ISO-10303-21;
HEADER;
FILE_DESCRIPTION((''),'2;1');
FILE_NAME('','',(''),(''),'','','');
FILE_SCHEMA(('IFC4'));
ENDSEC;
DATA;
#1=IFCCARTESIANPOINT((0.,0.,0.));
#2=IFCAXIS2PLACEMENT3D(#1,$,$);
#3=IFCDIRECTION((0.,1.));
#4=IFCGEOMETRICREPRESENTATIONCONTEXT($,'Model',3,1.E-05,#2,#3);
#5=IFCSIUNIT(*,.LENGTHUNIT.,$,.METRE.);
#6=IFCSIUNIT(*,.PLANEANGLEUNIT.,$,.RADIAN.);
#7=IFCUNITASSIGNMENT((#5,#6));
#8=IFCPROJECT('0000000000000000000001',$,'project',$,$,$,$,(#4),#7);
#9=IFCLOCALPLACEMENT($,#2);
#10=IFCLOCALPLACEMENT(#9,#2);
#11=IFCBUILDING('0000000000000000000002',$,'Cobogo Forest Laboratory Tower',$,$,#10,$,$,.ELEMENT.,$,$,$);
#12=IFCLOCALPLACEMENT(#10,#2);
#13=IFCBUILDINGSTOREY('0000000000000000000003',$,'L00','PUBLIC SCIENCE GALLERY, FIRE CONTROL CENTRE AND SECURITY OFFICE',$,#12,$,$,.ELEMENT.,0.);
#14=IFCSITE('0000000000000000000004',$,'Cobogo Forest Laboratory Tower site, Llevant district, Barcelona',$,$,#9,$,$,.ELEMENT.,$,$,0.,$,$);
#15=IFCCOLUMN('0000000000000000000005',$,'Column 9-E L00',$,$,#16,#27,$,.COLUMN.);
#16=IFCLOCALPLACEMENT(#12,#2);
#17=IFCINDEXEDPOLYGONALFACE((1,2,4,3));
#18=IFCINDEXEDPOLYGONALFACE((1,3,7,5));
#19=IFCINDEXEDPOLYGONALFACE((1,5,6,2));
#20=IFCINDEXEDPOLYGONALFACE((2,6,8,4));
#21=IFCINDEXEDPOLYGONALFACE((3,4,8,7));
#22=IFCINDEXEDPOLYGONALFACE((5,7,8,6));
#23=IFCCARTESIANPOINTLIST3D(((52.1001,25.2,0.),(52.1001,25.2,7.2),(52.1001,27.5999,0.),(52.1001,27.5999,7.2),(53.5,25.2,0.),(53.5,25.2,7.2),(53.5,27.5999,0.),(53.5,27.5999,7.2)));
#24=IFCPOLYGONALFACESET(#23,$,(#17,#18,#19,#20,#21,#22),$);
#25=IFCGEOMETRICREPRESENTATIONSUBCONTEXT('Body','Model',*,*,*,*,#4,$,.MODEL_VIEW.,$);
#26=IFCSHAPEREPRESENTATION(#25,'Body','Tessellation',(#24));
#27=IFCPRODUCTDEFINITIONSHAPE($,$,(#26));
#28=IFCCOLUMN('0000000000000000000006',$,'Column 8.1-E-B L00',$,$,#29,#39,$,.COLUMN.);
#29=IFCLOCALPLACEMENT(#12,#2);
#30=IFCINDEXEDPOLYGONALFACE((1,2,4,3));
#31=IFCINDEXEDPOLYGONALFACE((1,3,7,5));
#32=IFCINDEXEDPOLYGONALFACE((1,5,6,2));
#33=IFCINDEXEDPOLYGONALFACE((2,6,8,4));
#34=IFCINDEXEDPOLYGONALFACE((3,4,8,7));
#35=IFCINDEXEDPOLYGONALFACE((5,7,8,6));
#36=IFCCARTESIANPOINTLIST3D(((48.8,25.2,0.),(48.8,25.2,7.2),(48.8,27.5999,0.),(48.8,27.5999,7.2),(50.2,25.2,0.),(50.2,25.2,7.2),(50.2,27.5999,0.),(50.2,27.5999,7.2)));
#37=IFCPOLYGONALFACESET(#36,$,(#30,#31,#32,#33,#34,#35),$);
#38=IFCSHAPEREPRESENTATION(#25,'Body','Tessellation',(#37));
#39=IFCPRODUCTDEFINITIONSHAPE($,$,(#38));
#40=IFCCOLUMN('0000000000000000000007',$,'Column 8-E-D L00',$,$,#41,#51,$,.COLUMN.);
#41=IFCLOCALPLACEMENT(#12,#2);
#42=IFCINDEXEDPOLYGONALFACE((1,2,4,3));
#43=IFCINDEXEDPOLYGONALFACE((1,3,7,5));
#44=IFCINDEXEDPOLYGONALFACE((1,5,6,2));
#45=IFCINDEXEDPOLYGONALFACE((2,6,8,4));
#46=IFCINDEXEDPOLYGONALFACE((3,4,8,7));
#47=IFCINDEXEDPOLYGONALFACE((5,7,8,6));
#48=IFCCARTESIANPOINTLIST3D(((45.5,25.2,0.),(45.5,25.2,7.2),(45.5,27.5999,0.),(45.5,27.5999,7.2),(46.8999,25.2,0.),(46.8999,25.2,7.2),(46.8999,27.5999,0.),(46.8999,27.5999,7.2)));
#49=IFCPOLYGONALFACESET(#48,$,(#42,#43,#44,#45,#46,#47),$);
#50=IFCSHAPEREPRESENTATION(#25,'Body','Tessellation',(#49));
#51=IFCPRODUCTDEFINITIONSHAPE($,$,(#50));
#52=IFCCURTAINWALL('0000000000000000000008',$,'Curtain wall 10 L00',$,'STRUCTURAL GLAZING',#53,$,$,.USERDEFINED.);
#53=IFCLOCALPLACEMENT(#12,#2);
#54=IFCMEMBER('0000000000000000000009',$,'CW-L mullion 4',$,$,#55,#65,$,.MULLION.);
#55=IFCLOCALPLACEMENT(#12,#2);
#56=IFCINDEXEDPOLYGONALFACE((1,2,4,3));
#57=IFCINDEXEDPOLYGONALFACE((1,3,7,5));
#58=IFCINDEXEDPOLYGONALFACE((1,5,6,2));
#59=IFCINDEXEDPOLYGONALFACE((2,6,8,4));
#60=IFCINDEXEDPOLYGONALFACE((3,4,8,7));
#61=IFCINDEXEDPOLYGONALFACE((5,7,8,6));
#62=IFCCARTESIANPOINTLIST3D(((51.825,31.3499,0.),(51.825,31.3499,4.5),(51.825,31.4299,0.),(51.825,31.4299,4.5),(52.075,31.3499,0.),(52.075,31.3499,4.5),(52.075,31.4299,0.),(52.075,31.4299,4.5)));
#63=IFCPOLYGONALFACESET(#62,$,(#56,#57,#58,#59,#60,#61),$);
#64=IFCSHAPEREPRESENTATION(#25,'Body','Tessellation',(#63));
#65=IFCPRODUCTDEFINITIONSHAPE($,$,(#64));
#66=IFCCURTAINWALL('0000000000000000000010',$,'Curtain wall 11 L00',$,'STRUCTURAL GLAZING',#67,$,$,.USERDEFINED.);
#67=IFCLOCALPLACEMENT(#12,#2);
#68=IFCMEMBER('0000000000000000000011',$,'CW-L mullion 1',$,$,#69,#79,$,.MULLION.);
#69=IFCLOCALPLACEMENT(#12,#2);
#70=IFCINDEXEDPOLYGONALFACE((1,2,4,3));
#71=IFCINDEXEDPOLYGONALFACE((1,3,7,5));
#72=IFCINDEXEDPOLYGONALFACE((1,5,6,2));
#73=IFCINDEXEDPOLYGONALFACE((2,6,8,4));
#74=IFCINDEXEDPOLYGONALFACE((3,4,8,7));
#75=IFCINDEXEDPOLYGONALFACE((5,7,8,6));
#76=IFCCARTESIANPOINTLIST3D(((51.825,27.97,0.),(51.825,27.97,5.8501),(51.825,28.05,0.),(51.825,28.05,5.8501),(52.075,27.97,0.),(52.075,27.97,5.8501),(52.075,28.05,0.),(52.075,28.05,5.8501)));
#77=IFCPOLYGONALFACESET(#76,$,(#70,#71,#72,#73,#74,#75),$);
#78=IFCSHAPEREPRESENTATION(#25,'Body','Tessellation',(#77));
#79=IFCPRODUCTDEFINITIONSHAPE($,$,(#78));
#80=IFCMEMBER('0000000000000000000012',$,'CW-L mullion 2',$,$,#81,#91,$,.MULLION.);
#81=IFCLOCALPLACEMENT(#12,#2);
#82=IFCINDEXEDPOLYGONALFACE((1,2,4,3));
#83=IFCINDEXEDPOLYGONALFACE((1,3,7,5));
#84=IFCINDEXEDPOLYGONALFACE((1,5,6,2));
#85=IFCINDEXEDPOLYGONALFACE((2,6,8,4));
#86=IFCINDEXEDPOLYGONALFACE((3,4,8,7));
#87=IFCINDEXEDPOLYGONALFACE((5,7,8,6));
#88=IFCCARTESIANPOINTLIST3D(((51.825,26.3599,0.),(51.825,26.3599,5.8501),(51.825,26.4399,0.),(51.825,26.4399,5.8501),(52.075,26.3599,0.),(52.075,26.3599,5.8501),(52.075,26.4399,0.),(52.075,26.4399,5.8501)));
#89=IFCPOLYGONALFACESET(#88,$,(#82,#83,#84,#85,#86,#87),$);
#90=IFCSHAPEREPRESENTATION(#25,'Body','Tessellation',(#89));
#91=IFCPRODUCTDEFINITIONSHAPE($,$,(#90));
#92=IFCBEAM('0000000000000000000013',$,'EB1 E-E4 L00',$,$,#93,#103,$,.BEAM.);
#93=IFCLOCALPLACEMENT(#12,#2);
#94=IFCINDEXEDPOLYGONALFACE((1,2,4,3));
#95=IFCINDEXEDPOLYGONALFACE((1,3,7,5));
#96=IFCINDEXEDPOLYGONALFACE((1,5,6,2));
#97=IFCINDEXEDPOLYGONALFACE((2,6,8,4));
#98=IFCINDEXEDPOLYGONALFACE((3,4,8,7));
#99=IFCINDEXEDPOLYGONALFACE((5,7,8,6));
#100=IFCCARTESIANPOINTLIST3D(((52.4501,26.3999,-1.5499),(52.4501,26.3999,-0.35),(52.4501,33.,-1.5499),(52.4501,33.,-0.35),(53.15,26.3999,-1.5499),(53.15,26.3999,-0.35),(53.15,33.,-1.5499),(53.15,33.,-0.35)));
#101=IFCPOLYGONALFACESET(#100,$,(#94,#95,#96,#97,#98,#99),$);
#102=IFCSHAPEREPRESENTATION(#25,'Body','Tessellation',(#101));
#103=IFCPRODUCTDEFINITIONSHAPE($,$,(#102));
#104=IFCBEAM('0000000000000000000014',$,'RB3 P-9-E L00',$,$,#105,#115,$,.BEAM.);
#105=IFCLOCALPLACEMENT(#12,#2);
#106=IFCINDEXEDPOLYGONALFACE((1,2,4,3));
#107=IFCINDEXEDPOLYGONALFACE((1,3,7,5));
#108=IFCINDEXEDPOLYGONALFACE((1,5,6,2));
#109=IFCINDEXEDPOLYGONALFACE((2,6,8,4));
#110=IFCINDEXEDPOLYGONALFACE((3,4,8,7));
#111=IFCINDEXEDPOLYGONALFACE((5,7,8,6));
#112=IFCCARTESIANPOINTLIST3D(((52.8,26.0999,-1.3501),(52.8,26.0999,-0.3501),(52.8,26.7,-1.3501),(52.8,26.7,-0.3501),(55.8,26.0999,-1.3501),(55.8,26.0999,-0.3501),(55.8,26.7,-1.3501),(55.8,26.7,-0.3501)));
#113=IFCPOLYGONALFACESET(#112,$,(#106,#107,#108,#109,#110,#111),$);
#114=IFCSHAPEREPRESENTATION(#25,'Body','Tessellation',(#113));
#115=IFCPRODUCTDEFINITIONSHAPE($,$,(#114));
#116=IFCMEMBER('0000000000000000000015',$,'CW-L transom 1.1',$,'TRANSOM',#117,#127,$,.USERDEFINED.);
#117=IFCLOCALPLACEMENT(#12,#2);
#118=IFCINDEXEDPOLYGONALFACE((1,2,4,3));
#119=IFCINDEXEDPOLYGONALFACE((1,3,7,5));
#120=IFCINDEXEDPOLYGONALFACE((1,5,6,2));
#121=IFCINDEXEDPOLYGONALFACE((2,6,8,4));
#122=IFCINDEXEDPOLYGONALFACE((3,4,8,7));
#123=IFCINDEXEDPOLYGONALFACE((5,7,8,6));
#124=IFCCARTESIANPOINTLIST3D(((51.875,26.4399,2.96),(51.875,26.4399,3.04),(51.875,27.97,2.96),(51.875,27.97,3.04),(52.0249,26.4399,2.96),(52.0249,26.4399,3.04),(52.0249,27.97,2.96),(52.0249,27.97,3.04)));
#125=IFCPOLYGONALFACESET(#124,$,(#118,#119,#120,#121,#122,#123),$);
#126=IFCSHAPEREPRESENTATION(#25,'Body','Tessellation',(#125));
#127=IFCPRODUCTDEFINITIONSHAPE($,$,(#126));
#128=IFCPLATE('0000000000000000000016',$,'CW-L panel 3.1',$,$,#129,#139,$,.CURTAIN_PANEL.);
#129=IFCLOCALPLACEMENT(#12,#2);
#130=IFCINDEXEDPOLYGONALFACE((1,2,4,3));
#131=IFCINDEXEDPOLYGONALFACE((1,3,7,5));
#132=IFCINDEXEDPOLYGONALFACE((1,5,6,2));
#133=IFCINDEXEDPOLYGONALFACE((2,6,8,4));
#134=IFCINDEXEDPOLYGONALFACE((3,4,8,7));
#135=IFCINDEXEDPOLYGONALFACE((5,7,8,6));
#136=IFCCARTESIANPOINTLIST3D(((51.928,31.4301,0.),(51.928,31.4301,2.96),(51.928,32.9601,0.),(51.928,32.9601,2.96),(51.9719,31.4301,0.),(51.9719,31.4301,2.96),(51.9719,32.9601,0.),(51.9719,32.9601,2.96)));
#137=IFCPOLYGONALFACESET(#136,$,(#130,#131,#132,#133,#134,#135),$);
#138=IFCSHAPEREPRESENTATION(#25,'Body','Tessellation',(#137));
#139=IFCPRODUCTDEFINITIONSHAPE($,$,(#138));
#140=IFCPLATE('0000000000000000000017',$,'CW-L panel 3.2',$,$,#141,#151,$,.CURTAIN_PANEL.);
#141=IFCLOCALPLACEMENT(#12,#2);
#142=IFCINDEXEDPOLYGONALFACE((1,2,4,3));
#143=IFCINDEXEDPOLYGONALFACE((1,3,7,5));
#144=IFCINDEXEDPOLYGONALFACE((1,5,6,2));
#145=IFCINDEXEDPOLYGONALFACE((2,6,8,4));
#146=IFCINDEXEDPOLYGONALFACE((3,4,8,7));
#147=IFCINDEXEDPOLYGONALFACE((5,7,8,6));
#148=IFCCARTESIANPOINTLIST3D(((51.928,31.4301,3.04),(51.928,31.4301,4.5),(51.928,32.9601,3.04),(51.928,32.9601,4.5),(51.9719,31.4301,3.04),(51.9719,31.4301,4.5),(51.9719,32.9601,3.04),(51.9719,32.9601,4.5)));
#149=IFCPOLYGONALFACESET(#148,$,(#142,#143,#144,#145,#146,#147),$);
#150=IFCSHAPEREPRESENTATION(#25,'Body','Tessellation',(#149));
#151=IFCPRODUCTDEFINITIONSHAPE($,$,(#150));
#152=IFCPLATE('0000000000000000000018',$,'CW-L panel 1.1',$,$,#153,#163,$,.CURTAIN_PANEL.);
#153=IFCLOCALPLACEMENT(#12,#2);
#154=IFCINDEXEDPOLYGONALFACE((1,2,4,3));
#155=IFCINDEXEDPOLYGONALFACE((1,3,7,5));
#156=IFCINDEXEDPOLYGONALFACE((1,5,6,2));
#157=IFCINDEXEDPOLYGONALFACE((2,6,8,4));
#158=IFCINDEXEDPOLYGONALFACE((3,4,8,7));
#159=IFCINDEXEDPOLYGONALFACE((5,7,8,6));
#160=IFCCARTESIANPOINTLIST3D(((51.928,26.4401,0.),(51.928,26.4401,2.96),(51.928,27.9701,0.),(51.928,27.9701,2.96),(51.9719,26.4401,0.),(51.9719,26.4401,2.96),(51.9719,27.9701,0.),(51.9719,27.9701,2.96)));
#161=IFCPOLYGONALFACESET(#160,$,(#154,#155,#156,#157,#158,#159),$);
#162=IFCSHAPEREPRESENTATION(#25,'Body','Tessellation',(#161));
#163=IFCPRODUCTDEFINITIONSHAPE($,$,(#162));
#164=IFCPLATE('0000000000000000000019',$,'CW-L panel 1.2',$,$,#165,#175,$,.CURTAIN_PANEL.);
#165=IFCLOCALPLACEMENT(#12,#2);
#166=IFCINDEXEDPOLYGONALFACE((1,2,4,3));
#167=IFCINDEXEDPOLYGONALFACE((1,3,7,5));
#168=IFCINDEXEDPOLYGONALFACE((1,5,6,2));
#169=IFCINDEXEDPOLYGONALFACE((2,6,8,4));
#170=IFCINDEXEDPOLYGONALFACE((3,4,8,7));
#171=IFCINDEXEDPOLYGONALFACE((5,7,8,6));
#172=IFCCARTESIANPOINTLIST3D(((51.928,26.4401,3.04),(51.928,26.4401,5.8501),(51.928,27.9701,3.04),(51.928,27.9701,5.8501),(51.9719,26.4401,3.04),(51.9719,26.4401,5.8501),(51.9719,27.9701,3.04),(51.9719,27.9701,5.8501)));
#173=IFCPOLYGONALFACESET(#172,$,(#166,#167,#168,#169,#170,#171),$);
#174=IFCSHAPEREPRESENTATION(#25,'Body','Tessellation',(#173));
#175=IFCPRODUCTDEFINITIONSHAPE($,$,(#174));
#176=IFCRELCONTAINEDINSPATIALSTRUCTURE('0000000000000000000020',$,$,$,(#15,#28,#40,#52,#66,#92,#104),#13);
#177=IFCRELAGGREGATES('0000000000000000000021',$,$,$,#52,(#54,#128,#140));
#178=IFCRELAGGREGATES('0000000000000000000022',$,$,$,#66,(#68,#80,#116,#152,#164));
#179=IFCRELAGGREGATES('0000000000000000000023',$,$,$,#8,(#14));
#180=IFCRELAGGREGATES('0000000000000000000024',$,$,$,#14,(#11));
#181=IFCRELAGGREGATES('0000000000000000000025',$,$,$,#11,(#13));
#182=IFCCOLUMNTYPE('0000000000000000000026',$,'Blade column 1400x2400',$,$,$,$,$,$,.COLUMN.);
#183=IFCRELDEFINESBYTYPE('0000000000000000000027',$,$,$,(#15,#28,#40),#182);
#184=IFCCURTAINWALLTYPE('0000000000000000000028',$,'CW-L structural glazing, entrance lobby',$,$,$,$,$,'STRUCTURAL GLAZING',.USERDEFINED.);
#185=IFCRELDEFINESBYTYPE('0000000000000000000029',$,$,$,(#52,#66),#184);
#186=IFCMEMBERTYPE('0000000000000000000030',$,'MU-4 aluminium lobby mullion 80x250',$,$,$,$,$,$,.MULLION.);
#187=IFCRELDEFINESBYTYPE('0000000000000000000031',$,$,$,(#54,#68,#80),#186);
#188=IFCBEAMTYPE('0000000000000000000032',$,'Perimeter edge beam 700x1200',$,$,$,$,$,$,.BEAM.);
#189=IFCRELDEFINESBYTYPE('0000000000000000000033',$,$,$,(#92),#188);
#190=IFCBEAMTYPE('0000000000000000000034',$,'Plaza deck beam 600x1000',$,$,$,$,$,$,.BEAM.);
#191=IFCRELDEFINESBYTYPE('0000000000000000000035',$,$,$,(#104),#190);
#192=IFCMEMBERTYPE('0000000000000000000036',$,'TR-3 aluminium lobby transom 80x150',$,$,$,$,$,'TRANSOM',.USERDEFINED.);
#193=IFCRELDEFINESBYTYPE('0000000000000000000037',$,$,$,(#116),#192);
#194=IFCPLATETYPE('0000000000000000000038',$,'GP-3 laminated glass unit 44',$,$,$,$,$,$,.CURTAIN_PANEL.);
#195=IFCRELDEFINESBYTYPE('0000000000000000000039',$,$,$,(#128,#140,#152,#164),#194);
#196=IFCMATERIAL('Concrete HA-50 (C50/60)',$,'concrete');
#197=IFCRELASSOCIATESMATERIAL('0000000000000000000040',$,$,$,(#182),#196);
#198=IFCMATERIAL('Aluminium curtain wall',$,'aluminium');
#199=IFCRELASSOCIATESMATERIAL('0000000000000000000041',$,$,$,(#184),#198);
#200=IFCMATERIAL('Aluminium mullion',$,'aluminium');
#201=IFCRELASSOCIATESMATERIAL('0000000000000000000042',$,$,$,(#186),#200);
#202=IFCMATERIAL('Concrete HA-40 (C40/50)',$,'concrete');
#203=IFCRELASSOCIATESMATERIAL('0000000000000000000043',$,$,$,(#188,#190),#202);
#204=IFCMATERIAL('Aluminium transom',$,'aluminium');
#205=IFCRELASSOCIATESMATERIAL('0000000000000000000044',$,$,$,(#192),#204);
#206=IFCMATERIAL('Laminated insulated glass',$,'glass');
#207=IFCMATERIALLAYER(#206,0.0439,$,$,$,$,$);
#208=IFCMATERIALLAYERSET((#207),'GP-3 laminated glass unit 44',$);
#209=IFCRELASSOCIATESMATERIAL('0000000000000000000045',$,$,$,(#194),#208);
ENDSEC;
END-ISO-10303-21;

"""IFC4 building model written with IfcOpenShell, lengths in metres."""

from ifc_helpers import new_model, si_unit, direction, frame, origin, origin_2d, place, context, subcontext, project, spatial, rectangle, extrude, material, layer, layer_set, material_profile, profile_set, type_object, element, aggregate, save


model = new_model("IFC4")

# Units and contexts
model_context = context("Model", 3, precision=1e-05, world=origin(), true_north=direction((0.0, 1.0)))
body_context = subcontext(model_context, "Body", "Model", "MODEL_VIEW")
ifc_project = project(units=[si_unit("LENGTHUNIT", "METRE"), si_unit("PLANEANGLEUNIT", "RADIAN")], contexts=[model_context])

# Site, building, storey
site_placement = place(None, origin())
site = spatial("IfcSite", under=ifc_project, at=site_placement, Name="Cobogo Forest Laboratory Tower site, Llevant district, Barcelona", CompositionType="ELEMENT", RefElevation=0.0)
building_placement = place(site_placement, origin())
building = spatial("IfcBuilding", under=site, at=building_placement, Name="Cobogo Forest Laboratory Tower", CompositionType="ELEMENT")
storey_placement = place(building_placement, origin())
storey = spatial("IfcBuildingStorey", under=building, at=storey_placement, Name="L00", Description="PUBLIC SCIENCE GALLERY, FIRE CONTROL CENTRE AND SECURITY OFFICE", CompositionType="ELEMENT", Elevation=0.0)

# Columns
ifc_material_1 = material(Name="Concrete HA-50 (C50/60)", Category="concrete")
ifc_material_profile_1 = material_profile(ifc_material_1, rectangle(XDim=2.3999, YDim=1.3999, at=origin_2d()), Name="RC 1400x2400")
ifc_profile_set_1 = profile_set([ifc_material_profile_1], Name="Concrete HA-50 (C50/60)")
column_type = type_object("IfcColumnType", Name="Blade column 1400x2400", PredefinedType="COLUMN", material=ifc_profile_set_1)
for number, where, z_axis, x_axis, name in (
    (1, (52.8, 26.3999, 0.0), (0.0, 0.0, 1.0), (0.0, 1.0, 0.0), "Column 9-E L00"),
    (2, (49.5, 26.3999, 0.0), (0.0, 0.0, 1.0), (0.0, 1.0, 0.0), "Column 8.1-E-B L00"),
    (3, (46.2, 26.3999, 0.0), (0.0, 0.0, 1.0), (0.0, 1.0, 0.0), "Column 8-E-D L00"),
):
    element("IfcColumn", number, at=place(storey_placement, frame(where, z_axis=z_axis, x_axis=x_axis)), inside=storey, type_object=column_type, Name=name, PredefinedType="COLUMN", context=body_context, shape_type="SweptSolid", body=[
        extrude(rectangle(XDim=2.3999, YDim=1.3999, at=origin_2d()), origin(), (0.0, 0.0, 1.0), 7.2),
    ])

# Curtain wall, member
ifc_material_2 = material(Name="Aluminium curtain wall", Category="aluminium")
curtain_wall_type = type_object("IfcCurtainWallType", Name="CW-L structural glazing, entrance lobby", ElementType="STRUCTURAL GLAZING", PredefinedType="USERDEFINED", material=ifc_material_2)
curtain_wall_1_placement = place(storey_placement, origin())
curtain_wall_1 = element("IfcCurtainWall", 4, at=curtain_wall_1_placement, inside=storey, type_object=curtain_wall_type, Name="Curtain wall 10 L00", ObjectType="STRUCTURAL GLAZING", PredefinedType="USERDEFINED")
ifc_material_3 = material(Name="Aluminium mullion", Category="aluminium")
ifc_material_profile_2 = material_profile(ifc_material_3, rectangle(XDim=0.0801, YDim=0.25, at=origin_2d()), Name="AL 80x250")
ifc_profile_set_2 = profile_set([ifc_material_profile_2], Name="Aluminium mullion")
member_type_1 = type_object("IfcMemberType", Name="MU-4 aluminium lobby mullion 80x250", PredefinedType="MULLION", material=ifc_profile_set_2)
member_1_placement = place(storey_placement, frame((51.95, 31.3899, 0.0), z_axis=(0.0, 0.0, 1.0), x_axis=(0.0, -1.0, 0.0)))
member_1 = element("IfcMember", 5, at=member_1_placement, type_object=member_type_1, Name="CW-L mullion 4", PredefinedType="MULLION", context=body_context, shape_type="SweptSolid", body=[
    extrude(rectangle(XDim=0.0801, YDim=0.25, at=origin_2d()), origin(), (0.0, 0.0, 1.0), 4.5),
])

# Curtain wall, members
curtain_wall_2_placement = place(storey_placement, origin())
curtain_wall_2 = element("IfcCurtainWall", 6, at=curtain_wall_2_placement, inside=storey, type_object=curtain_wall_type, Name="Curtain wall 11 L00", ObjectType="STRUCTURAL GLAZING", PredefinedType="USERDEFINED")
member_2_placement = place(storey_placement, frame((51.95, 28.01, 0.0), z_axis=(0.0, 0.0, 1.0), x_axis=(0.0, -1.0, 0.0)))
member_2 = element("IfcMember", 7, at=member_2_placement, type_object=member_type_1, Name="CW-L mullion 1", PredefinedType="MULLION", context=body_context, shape_type="SweptSolid", body=[
    extrude(rectangle(XDim=0.0801, YDim=0.25, at=origin_2d()), origin(), (0.0, 0.0, 1.0), 5.8501),
])
member_3_placement = place(storey_placement, frame((51.95, 26.3999, 0.0), z_axis=(0.0, 0.0, 1.0), x_axis=(0.0, -1.0, 0.0)))
member_3 = element("IfcMember", 8, at=member_3_placement, type_object=member_type_1, Name="CW-L mullion 2", PredefinedType="MULLION", context=body_context, shape_type="SweptSolid", body=[
    extrude(rectangle(XDim=0.0801, YDim=0.25, at=origin_2d()), origin(), (0.0, 0.0, 1.0), 5.8501),
])

# Beams
ifc_material_4 = material(Name="Concrete HA-40 (C40/50)", Category="concrete")
ifc_material_profile_3 = material_profile(ifc_material_4, rectangle(XDim=0.7, YDim=1.2, at=origin_2d()), Name="RC 700x1200")
ifc_profile_set_3 = profile_set([ifc_material_profile_3], Name="Concrete HA-40 (C40/50)")
beam_type_1 = type_object("IfcBeamType", Name="Perimeter edge beam 700x1200", PredefinedType="BEAM", material=ifc_profile_set_3)
beam_1_placement = place(storey_placement, frame((52.8, 26.3999, -0.95), z_axis=(0.0, 1.0, 0.0), x_axis=(-1.0, 0.0, 0.0)))
element("IfcBeam", 9, at=beam_1_placement, inside=storey, type_object=beam_type_1, Name="EB1 E-E4 L00", PredefinedType="BEAM", context=body_context, shape_type="SweptSolid", body=[
    extrude(rectangle(XDim=0.7, YDim=1.2, at=origin_2d()), origin(), (0.0, 0.0, 1.0), 6.6001),
])
ifc_material_profile_4 = material_profile(ifc_material_4, rectangle(XDim=0.6001, YDim=1.0, at=origin_2d()), Name="RC 600x1000")
ifc_profile_set_4 = profile_set([ifc_material_profile_4], Name="Concrete HA-40 (C40/50)")
beam_type_2 = type_object("IfcBeamType", Name="Plaza deck beam 600x1000", PredefinedType="BEAM", material=ifc_profile_set_4)
beam_2_placement = place(storey_placement, frame((52.8, 26.3999, -0.8501), z_axis=(1.0, 0.0, 0.0), x_axis=(0.0, 1.0, 0.0)))
element("IfcBeam", 10, at=beam_2_placement, inside=storey, type_object=beam_type_2, Name="RB3 P-9-E L00", PredefinedType="BEAM", context=body_context, shape_type="SweptSolid", body=[
    extrude(rectangle(XDim=0.6001, YDim=1.0, at=origin_2d()), origin(), (0.0, 0.0, 1.0), 3.0),
])

# Member
ifc_material_5 = material(Name="Aluminium transom", Category="aluminium")
ifc_material_profile_5 = material_profile(ifc_material_5, rectangle(XDim=0.1499, YDim=0.0801, at=origin_2d()), Name="AL 80x150")
ifc_profile_set_5 = profile_set([ifc_material_profile_5], Name="Aluminium transom")
member_type_2 = type_object("IfcMemberType", Name="TR-3 aluminium lobby transom 80x150", ElementType="TRANSOM", PredefinedType="USERDEFINED", material=ifc_profile_set_5)
member_4_placement = place(storey_placement, frame((51.95, 27.97, 3.0), z_axis=(0.0, -1.0, 0.0), x_axis=(1.0, 0.0, 0.0)))
member_4 = element("IfcMember", 11, at=member_4_placement, type_object=member_type_2, Name="CW-L transom 1.1", ObjectType="TRANSOM", PredefinedType="USERDEFINED", context=body_context, shape_type="SweptSolid", body=[
    extrude(rectangle(XDim=0.1499, YDim=0.0801, at=origin_2d()), origin(), (0.0, 0.0, 1.0), 1.53),
])

# Plates
ifc_material_6 = material(Name="Laminated insulated glass", Category="glass")
ifc_layer_1 = layer(ifc_material_6, 0.0439)
ifc_layer_set_1 = layer_set([ifc_layer_1], Name="GP-3 laminated glass unit 44")
plate_type = type_object("IfcPlateType", Name="GP-3 laminated glass unit 44", PredefinedType="CURTAIN_PANEL", material=ifc_layer_set_1)
plate_1_placement = place(storey_placement, frame((51.95, 32.1951, 0.0), z_axis=(0.0, 0.0, 1.0), x_axis=(0.0, -1.0, 0.0)))
plate_1 = element("IfcPlate", 12, at=plate_1_placement, type_object=plate_type, Name="CW-L panel 3.1", PredefinedType="CURTAIN_PANEL", context=body_context, shape_type="SweptSolid", body=[
    extrude(rectangle(XDim=1.53, YDim=0.0439, at=origin_2d()), origin(), (0.0, 0.0, 1.0), 2.96),
])
plate_2_placement = place(storey_placement, frame((51.95, 32.1951, 3.04), z_axis=(0.0, 0.0, 1.0), x_axis=(0.0, -1.0, 0.0)))
plate_2 = element("IfcPlate", 13, at=plate_2_placement, type_object=plate_type, Name="CW-L panel 3.2", PredefinedType="CURTAIN_PANEL", context=body_context, shape_type="SweptSolid", body=[
    extrude(rectangle(XDim=1.53, YDim=0.0439, at=origin_2d()), origin(), (0.0, 0.0, 1.0), 1.46),
])
aggregate(curtain_wall_1, [member_1, plate_1, plate_2])
plate_3_placement = place(storey_placement, frame((51.95, 27.2051, 0.0), z_axis=(0.0, 0.0, 1.0), x_axis=(0.0, -1.0, 0.0)))
plate_3 = element("IfcPlate", 14, at=plate_3_placement, type_object=plate_type, Name="CW-L panel 1.1", PredefinedType="CURTAIN_PANEL", context=body_context, shape_type="SweptSolid", body=[
    extrude(rectangle(XDim=1.53, YDim=0.0439, at=origin_2d()), origin(), (0.0, 0.0, 1.0), 2.96),
])
plate_4_placement = place(storey_placement, frame((51.95, 27.2051, 3.04), z_axis=(0.0, 0.0, 1.0), x_axis=(0.0, -1.0, 0.0)))
plate_4 = element("IfcPlate", 15, at=plate_4_placement, type_object=plate_type, Name="CW-L panel 1.2", PredefinedType="CURTAIN_PANEL", context=body_context, shape_type="SweptSolid", body=[
    extrude(rectangle(XDim=1.53, YDim=0.0439, at=origin_2d()), origin(), (0.0, 0.0, 1.0), 2.8101),
])
aggregate(curtain_wall_2, [member_2, member_3, member_4, plate_3, plate_4])

save(model, "model.ifc")
